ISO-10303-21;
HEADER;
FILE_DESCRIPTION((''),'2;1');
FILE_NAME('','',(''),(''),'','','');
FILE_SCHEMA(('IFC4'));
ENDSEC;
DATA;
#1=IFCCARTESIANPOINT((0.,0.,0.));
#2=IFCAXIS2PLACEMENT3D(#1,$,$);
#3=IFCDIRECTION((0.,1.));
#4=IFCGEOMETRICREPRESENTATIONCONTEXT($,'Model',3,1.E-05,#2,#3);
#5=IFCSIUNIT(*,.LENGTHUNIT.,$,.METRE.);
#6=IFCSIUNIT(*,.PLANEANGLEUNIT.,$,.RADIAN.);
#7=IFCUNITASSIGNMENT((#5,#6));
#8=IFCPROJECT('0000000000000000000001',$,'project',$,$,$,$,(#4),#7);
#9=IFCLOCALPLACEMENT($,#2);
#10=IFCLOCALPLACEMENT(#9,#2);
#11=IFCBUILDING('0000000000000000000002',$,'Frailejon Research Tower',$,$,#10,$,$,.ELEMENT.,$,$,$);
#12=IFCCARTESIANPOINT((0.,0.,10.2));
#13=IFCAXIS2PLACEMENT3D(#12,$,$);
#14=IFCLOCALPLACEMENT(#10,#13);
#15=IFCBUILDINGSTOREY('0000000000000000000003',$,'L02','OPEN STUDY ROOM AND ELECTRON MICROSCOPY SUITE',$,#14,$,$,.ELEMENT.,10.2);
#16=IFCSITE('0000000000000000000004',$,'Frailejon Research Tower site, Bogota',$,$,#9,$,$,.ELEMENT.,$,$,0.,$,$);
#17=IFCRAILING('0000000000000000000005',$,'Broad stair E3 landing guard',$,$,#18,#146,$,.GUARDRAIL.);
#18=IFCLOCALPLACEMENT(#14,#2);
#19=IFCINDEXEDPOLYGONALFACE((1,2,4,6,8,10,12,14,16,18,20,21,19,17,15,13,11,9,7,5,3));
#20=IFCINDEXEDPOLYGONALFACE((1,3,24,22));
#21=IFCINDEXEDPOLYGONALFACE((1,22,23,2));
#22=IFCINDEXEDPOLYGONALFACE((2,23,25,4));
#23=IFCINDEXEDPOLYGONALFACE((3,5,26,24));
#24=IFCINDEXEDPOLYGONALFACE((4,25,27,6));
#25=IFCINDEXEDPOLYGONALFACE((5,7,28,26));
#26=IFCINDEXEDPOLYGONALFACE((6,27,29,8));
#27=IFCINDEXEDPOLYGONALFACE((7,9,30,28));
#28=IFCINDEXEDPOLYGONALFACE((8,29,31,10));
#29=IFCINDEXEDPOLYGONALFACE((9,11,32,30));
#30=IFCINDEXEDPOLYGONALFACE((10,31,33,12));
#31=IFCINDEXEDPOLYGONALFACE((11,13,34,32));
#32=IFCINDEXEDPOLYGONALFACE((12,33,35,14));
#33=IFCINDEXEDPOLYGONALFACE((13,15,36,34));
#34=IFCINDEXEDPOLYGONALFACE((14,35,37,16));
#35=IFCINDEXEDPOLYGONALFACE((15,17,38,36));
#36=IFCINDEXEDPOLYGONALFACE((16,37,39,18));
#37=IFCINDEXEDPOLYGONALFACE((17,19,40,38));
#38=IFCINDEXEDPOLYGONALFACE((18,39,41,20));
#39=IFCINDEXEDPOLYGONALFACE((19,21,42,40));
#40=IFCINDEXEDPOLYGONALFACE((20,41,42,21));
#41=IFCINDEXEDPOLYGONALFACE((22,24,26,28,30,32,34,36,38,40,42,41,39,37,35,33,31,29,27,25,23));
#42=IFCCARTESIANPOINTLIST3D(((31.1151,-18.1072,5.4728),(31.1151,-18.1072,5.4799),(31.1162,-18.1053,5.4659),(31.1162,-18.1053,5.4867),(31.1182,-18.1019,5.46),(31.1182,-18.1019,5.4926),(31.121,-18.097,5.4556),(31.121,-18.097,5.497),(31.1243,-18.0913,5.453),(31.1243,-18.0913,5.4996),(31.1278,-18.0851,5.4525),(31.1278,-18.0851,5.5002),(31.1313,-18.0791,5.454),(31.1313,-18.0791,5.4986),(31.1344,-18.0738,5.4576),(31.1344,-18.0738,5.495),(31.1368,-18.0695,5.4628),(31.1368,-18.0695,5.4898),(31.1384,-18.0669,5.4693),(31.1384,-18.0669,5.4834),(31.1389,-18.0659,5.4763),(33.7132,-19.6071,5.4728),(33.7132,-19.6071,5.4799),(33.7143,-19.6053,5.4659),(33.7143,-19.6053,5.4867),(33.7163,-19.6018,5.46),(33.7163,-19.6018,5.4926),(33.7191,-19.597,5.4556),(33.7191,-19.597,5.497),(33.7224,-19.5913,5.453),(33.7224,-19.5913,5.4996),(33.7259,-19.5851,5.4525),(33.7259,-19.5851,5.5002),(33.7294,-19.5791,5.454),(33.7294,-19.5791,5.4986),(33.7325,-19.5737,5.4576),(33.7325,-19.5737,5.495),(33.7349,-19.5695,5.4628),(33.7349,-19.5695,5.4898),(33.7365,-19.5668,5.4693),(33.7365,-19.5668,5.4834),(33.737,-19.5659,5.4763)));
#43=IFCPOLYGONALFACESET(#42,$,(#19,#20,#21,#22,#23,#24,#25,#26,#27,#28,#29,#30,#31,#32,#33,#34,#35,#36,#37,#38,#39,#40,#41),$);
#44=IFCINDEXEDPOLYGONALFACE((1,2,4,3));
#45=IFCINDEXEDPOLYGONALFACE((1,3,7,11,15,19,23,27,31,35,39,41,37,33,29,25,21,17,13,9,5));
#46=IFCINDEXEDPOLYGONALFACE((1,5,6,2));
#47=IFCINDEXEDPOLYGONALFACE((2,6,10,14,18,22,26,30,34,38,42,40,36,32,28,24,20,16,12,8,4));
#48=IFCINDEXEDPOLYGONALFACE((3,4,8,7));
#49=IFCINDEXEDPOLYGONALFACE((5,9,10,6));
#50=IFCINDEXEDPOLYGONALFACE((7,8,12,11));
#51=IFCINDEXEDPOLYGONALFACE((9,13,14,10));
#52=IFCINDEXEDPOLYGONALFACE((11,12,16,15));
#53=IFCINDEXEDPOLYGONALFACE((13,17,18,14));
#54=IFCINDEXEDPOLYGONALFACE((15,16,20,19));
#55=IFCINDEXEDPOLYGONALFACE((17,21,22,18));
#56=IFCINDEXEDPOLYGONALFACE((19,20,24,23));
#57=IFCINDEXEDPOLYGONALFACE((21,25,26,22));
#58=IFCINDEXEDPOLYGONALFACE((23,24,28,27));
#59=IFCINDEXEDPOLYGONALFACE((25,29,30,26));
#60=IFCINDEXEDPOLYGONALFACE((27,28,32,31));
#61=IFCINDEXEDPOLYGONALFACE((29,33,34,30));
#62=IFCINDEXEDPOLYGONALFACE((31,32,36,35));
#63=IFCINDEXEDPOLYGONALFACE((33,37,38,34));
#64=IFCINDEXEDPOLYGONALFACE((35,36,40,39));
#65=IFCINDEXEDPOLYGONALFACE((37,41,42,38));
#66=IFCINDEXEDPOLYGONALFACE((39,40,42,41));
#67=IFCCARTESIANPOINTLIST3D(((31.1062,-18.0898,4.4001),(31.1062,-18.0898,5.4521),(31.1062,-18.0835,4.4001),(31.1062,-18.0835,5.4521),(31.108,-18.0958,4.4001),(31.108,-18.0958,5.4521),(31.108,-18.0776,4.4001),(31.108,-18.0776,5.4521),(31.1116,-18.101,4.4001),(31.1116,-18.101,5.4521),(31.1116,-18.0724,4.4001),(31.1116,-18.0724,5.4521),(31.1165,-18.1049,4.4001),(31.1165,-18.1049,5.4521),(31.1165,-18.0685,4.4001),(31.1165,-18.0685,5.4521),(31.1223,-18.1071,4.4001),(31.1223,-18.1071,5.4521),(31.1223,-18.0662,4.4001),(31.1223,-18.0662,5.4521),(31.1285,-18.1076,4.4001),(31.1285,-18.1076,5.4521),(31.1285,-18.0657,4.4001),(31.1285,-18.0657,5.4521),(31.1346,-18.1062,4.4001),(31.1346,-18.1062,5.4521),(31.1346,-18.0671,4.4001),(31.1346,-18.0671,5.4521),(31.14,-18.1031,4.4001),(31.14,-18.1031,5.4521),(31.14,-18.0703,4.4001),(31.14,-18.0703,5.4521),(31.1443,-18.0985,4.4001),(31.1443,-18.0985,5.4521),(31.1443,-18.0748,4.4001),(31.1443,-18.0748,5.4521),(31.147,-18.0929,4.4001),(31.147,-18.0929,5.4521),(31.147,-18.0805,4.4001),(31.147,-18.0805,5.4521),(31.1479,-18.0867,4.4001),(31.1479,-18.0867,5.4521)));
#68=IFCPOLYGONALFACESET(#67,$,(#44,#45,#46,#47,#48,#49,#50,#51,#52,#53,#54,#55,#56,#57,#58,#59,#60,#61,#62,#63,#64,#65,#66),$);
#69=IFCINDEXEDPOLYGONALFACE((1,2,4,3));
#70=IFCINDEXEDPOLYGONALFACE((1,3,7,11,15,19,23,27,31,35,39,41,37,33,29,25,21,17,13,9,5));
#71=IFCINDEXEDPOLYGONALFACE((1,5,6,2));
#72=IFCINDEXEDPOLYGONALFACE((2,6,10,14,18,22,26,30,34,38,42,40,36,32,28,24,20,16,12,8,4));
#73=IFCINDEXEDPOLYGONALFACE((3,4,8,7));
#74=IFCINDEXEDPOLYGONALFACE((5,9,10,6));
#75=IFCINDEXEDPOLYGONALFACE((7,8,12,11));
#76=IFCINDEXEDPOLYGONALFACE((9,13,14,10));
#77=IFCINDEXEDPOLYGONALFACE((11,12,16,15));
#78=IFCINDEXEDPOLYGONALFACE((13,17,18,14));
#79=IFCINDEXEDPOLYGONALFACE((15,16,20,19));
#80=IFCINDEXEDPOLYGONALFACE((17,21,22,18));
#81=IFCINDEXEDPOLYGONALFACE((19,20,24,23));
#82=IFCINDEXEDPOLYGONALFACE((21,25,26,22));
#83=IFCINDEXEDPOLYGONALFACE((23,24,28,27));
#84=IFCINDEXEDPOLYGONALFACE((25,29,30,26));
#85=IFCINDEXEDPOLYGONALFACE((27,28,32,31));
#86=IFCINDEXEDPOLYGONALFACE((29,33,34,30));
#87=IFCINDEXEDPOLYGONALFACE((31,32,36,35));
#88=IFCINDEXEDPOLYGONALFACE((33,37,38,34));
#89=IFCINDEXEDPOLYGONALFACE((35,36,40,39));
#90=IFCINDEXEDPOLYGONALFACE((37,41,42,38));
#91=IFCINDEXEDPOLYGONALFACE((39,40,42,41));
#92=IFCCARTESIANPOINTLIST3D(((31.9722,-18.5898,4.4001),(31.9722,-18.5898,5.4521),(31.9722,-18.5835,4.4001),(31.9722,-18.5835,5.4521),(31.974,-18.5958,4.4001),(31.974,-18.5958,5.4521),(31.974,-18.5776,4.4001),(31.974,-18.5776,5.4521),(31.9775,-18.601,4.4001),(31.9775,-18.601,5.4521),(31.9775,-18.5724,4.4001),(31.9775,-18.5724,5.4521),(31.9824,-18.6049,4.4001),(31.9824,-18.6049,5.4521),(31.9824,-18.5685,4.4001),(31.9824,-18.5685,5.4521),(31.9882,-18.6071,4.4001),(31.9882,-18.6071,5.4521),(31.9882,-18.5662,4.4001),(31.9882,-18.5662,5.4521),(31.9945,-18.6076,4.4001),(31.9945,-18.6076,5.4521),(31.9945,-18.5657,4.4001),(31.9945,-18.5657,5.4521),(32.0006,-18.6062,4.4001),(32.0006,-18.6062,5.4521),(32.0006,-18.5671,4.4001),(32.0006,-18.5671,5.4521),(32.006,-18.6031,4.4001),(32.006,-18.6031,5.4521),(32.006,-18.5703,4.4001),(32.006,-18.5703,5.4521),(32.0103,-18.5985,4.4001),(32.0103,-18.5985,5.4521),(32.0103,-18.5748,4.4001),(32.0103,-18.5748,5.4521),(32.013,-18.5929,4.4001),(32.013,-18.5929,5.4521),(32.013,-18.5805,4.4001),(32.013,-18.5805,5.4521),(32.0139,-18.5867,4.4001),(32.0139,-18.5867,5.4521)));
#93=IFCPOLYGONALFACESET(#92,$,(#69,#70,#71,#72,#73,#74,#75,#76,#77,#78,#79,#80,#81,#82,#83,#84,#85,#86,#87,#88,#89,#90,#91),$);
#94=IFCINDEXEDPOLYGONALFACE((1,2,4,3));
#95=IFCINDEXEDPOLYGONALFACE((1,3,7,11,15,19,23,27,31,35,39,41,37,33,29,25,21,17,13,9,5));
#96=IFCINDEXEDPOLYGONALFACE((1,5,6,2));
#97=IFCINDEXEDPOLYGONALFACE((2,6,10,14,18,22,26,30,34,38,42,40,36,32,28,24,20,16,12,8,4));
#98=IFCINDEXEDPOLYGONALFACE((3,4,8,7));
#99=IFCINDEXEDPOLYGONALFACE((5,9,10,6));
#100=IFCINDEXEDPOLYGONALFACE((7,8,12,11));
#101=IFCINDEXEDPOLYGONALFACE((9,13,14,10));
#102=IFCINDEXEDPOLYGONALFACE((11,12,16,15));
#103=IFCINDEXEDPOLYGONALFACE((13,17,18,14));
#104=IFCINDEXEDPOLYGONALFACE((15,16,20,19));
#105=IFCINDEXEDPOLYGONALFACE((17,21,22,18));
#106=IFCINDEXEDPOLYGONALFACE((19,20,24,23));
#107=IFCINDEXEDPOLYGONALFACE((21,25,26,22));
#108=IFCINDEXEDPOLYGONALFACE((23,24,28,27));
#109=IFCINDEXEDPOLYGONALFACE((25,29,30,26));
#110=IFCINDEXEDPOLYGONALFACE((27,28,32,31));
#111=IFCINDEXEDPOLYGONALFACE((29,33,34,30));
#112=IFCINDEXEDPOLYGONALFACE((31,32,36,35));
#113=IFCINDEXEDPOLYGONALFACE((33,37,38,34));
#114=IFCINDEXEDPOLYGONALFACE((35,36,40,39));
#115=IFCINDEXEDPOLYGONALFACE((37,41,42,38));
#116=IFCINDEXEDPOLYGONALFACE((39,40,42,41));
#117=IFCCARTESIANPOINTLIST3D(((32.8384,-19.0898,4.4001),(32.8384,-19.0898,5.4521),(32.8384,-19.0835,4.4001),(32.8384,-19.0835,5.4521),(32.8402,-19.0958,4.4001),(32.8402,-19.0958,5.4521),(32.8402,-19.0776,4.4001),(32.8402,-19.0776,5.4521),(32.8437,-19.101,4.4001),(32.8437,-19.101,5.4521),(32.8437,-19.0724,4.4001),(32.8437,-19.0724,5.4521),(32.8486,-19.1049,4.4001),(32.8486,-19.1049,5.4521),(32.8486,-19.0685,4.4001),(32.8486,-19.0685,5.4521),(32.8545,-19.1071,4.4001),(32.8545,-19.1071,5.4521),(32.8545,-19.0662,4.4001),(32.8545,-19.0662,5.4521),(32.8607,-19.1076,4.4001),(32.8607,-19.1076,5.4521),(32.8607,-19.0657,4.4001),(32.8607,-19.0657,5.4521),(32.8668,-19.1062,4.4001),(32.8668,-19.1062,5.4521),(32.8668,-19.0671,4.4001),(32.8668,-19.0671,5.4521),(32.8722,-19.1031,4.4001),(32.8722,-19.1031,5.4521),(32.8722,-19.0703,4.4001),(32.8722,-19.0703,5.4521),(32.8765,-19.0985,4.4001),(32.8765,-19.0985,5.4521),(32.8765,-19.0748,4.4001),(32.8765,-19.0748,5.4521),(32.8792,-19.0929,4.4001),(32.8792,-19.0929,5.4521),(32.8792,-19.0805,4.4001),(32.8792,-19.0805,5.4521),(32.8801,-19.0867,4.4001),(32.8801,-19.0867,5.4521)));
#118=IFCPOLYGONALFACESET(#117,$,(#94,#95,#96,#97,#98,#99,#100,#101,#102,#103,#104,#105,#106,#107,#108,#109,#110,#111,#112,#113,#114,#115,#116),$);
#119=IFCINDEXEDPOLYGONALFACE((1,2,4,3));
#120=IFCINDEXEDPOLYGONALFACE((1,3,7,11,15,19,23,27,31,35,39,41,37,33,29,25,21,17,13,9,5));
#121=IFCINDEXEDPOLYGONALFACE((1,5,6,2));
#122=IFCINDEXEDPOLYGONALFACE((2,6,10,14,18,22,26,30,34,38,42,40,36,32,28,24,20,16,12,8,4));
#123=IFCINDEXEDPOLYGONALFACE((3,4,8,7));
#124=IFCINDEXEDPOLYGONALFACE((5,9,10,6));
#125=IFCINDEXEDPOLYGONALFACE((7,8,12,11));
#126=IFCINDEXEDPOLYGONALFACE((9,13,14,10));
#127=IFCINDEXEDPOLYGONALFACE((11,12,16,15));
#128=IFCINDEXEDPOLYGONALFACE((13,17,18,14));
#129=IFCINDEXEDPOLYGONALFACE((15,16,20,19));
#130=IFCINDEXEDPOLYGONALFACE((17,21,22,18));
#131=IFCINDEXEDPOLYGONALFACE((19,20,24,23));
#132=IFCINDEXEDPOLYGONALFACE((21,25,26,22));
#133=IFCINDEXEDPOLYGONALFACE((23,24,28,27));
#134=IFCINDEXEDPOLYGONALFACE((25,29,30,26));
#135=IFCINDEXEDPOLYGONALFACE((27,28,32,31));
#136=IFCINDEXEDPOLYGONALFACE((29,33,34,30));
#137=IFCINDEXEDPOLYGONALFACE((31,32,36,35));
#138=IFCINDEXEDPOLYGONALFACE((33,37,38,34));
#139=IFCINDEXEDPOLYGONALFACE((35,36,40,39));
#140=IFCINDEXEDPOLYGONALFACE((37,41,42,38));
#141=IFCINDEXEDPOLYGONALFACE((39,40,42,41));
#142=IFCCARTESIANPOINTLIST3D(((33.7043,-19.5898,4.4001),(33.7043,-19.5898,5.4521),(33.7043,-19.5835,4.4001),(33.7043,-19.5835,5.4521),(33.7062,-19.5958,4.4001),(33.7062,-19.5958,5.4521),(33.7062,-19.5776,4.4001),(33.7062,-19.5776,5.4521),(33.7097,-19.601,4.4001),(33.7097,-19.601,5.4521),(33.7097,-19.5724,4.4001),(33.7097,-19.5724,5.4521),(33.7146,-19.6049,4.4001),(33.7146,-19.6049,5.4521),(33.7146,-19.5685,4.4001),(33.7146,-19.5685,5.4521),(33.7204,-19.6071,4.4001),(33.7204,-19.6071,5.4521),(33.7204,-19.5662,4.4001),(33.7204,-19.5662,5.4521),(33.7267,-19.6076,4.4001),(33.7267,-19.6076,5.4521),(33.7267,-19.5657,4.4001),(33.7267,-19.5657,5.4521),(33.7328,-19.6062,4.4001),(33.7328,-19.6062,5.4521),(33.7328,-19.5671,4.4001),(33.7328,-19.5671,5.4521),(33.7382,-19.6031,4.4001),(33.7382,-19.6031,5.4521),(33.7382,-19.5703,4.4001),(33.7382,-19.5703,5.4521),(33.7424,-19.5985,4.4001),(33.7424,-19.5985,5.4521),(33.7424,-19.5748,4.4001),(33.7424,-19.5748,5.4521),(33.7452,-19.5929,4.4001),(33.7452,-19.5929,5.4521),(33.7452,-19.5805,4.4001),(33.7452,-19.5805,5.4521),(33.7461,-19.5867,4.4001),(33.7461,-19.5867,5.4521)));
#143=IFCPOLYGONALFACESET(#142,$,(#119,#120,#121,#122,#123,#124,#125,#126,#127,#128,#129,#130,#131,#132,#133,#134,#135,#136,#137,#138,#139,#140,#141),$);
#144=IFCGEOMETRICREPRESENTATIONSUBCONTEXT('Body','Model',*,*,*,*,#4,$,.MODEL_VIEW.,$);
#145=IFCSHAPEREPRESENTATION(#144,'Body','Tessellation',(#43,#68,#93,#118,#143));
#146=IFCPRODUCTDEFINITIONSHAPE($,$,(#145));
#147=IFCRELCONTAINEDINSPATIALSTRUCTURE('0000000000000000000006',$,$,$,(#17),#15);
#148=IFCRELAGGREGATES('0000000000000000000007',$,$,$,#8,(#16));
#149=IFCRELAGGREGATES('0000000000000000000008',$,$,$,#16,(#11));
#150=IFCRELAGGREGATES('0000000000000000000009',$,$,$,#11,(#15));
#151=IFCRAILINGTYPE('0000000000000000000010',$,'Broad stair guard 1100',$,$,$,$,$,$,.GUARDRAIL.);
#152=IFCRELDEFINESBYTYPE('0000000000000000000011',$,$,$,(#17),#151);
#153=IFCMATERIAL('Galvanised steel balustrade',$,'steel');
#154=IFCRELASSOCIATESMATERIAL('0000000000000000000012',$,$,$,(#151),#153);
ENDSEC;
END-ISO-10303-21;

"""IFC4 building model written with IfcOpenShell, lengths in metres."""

from ifc_helpers import new_model, si_unit, direction, frame, origin, origin_2d, place, context, subcontext, project, spatial, circle, extrude, material, type_object, element, save


model = new_model("IFC4")

# Units and contexts
model_context = context("Model", 3, precision=1e-05, world=origin(), true_north=direction((0.0, 1.0)))
body_context = subcontext(model_context, "Body", "Model", "MODEL_VIEW")
ifc_project = project(units=[si_unit("LENGTHUNIT", "METRE"), si_unit("PLANEANGLEUNIT", "RADIAN")], contexts=[model_context])

# Site, building, storey
site_placement = place(None, origin())
site = spatial("IfcSite", under=ifc_project, at=site_placement, Name="Frailejon Research Tower site, Bogota", CompositionType="ELEMENT", RefElevation=0.0)
building_placement = place(site_placement, origin())
building = spatial("IfcBuilding", under=site, at=building_placement, Name="Frailejon Research Tower", CompositionType="ELEMENT")
storey_placement = place(building_placement, frame((0.0, 0.0, 10.2)))
storey = spatial("IfcBuildingStorey", under=building, at=storey_placement, Name="L02", Description="OPEN STUDY ROOM AND ELECTRON MICROSCOPY SUITE", CompositionType="ELEMENT", Elevation=10.2)

# Railing
ifc_material_1 = material(Name="Galvanised steel balustrade", Category="steel")
railing_type_1 = type_object("IfcRailingType", Name="Broad stair guard 1100", PredefinedType="GUARDRAIL", material=ifc_material_1)
railing_1_placement = place(storey_placement, frame((31.127, -18.0867, 4.4001)))
element("IfcRailing", 1, at=railing_1_placement, inside=storey, type_object=railing_type_1, Name="Broad stair E3 landing guard", PredefinedType="GUARDRAIL", context=body_context, shape_type="SweptSolid", body=[
    extrude(circle(Radius=0.0239, at=origin_2d()), frame((0.0, 0.0, 1.0762), z_axis=(0.866031, -0.49999, 0.0), x_axis=(0.49999, 0.866031, 0.0)), (0.0, 0.0, 1.0), 3.0),
    extrude(circle(Radius=0.021, at=origin_2d()), origin(), (0.0, 0.0, 1.0), 1.052),
    extrude(circle(Radius=0.021, at=origin_2d()), frame((0.866, -0.5, 0.0)), (0.0, 0.0, 1.0), 1.052),
    extrude(circle(Radius=0.021, at=origin_2d()), frame((1.7322, -1.0, 0.0)), (0.0, 0.0, 1.0), 1.052),
    extrude(circle(Radius=0.021, at=origin_2d()), frame((2.5981, -1.5, 0.0)), (0.0, 0.0, 1.0), 1.052),
])

save(model, "model.ifc")
